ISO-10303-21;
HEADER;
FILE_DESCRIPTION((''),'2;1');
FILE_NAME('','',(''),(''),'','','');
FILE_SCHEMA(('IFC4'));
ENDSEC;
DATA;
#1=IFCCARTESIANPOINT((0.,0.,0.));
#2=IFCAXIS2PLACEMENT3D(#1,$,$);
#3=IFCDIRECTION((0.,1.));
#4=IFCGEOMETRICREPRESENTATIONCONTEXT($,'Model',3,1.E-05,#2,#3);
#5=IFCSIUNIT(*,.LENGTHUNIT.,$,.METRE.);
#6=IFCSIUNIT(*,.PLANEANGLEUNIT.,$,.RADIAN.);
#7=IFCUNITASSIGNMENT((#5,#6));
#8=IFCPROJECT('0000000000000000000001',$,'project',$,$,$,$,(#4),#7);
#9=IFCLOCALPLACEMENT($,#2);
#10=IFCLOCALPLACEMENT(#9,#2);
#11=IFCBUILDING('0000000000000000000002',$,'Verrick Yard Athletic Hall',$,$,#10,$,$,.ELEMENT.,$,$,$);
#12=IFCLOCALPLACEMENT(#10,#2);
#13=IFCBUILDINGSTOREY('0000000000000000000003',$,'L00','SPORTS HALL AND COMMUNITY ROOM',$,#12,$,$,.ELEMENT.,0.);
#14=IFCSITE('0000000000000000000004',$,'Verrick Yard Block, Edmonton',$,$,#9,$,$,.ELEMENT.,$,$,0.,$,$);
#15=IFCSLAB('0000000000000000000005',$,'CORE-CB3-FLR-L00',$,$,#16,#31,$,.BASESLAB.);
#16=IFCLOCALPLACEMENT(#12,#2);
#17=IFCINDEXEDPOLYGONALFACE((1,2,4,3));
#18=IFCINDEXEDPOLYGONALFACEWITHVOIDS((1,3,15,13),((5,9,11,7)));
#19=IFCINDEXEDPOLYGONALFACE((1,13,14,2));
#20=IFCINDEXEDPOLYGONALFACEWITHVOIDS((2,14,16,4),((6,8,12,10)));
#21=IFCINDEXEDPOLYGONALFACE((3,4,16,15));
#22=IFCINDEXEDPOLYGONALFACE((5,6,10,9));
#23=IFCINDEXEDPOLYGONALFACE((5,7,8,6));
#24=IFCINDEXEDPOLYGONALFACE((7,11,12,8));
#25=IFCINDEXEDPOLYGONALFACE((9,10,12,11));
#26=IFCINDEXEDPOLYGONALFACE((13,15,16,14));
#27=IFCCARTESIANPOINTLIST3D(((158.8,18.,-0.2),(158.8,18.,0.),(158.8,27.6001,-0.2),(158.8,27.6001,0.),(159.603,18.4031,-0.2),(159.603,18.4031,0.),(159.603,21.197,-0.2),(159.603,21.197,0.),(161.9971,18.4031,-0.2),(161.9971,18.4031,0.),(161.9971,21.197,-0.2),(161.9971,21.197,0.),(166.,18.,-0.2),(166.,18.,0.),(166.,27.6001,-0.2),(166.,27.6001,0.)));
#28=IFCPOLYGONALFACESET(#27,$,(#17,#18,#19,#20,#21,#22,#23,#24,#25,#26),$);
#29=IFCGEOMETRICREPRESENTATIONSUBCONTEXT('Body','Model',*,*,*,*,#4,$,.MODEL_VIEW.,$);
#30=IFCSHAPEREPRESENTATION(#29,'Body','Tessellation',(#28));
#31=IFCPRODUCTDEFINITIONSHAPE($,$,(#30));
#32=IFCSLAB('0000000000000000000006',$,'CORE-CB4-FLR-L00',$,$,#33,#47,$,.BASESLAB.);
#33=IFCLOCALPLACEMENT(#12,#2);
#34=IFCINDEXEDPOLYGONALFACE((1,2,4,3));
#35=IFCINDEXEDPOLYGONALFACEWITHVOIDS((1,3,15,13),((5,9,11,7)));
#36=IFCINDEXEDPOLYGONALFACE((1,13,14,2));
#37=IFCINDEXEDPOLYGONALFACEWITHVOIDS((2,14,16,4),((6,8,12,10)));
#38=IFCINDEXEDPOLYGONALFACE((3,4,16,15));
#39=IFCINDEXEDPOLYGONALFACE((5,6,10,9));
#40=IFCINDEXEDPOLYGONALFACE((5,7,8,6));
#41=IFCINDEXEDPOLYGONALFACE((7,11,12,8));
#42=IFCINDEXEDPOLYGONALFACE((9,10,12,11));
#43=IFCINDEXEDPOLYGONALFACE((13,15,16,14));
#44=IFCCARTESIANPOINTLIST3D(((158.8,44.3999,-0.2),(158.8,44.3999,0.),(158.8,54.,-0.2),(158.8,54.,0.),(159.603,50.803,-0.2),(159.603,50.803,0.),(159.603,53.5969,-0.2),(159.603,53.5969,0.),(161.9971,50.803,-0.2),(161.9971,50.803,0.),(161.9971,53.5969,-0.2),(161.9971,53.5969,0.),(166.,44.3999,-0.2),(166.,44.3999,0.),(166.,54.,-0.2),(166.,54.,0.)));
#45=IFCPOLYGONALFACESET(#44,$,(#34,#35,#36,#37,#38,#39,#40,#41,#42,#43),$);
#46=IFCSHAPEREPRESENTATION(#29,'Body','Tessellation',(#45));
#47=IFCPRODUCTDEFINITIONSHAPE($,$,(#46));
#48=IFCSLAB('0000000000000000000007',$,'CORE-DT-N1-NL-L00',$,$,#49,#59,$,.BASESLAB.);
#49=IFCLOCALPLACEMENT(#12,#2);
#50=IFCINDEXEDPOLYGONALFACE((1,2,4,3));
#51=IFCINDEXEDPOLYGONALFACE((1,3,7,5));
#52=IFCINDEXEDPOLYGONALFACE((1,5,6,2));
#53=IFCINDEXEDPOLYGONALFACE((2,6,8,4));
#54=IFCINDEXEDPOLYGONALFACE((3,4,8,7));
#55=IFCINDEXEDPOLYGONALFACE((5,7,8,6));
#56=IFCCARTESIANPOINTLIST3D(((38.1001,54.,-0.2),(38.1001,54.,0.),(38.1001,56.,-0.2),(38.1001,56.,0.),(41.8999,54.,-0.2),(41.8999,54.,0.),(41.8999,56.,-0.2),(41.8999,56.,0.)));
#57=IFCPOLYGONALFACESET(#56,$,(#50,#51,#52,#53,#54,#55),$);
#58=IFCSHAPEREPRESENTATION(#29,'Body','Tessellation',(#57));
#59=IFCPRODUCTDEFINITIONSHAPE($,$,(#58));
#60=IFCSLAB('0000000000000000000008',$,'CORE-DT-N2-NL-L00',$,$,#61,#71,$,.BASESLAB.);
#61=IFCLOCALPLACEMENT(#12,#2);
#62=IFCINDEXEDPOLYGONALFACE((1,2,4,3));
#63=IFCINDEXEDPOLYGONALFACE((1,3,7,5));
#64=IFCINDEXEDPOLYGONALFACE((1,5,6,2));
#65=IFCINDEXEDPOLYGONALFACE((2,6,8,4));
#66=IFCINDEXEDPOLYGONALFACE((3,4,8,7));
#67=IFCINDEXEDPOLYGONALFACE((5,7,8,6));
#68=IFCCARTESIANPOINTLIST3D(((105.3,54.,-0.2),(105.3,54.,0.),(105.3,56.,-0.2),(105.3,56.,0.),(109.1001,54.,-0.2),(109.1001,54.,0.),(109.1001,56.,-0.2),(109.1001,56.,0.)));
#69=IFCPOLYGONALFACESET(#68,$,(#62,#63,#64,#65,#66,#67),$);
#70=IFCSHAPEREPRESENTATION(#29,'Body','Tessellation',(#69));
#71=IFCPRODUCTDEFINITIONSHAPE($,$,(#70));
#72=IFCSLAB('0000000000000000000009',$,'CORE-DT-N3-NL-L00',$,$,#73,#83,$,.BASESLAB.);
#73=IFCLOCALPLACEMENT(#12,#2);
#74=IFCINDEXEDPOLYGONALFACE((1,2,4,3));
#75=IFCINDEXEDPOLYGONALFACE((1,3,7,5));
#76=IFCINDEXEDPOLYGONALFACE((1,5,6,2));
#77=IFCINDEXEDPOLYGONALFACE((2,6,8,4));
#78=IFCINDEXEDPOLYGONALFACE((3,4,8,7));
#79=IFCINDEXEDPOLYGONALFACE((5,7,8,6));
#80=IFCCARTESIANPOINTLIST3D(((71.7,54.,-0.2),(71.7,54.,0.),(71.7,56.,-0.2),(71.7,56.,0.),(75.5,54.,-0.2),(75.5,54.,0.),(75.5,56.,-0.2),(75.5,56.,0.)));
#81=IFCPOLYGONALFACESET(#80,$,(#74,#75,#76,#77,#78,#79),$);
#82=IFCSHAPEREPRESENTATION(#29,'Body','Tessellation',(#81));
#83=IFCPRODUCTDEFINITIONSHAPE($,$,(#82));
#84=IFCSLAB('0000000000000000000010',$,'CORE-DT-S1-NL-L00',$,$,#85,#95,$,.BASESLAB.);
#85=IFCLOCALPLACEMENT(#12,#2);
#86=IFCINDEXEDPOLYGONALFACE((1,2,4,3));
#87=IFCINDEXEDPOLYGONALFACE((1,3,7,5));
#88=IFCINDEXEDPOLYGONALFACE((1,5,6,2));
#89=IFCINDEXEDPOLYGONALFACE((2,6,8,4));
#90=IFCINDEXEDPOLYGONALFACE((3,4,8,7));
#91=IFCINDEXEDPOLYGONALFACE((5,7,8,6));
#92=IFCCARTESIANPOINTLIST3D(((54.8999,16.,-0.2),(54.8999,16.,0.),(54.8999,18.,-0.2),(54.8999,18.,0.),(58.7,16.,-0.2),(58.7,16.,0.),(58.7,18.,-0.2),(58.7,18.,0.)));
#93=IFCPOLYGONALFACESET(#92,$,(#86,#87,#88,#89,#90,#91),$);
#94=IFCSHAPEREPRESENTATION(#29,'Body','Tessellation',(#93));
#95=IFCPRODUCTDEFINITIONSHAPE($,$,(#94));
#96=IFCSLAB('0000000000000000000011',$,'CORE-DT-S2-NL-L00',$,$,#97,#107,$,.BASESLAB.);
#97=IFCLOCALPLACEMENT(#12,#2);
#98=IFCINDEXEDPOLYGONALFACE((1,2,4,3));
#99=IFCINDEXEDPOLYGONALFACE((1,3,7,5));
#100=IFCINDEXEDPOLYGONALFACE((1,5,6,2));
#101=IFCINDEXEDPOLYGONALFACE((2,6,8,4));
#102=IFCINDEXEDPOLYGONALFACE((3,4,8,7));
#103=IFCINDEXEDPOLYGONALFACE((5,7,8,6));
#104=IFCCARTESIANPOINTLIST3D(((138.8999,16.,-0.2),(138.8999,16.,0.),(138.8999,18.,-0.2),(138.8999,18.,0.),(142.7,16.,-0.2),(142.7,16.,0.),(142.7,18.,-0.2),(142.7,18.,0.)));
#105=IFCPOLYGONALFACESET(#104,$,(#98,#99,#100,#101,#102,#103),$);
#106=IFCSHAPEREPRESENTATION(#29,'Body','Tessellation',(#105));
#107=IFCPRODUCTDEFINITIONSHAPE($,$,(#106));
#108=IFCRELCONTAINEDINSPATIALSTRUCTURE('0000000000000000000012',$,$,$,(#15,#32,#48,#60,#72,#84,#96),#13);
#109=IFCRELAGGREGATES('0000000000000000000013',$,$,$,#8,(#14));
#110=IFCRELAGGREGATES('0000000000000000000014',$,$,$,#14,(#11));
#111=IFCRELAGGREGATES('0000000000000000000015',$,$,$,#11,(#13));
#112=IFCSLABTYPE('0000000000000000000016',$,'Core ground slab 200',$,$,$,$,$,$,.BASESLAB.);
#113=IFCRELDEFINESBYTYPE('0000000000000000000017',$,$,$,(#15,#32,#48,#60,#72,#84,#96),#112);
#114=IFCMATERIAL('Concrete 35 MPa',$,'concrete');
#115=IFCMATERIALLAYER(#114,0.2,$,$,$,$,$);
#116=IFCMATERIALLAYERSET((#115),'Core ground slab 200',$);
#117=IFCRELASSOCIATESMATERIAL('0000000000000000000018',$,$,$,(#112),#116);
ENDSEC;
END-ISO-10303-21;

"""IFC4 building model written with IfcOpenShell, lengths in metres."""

from ifc_helpers import new_model, si_unit, direction, frame, origin, place, context, subcontext, project, spatial, polyline, outline, extrude, material, layer, layer_set, type_object, element, save


model = new_model("IFC4")

# Units and contexts
model_context = context("Model", 3, precision=1e-05, world=origin(), true_north=direction((0.0, 1.0)))
body_context = subcontext(model_context, "Body", "Model", "MODEL_VIEW")
ifc_project = project(units=[si_unit("LENGTHUNIT", "METRE"), si_unit("PLANEANGLEUNIT", "RADIAN")], contexts=[model_context])

# Site, building, storey
site_placement = place(None, origin())
site = spatial("IfcSite", under=ifc_project, at=site_placement, Name="Verrick Yard Block, Edmonton", CompositionType="ELEMENT", RefElevation=0.0)
building_placement = place(site_placement, origin())
building = spatial("IfcBuilding", under=site, at=building_placement, Name="Verrick Yard Athletic Hall", CompositionType="ELEMENT")
storey_placement = place(building_placement, origin())
storey = spatial("IfcBuildingStorey", under=building, at=storey_placement, Name="L00", Description="SPORTS HALL AND COMMUNITY ROOM", CompositionType="ELEMENT", Elevation=0.0)

# Slabs
ifc_material_1 = material(Name="Concrete 35 MPa", Category="concrete")
ifc_layer_1 = layer(ifc_material_1, 0.2)
ifc_layer_set_1 = layer_set([ifc_layer_1], Name="Core ground slab 200")
slab_type_1 = type_object("IfcSlabType", Name="Core ground slab 200", PredefinedType="BASESLAB", material=ifc_layer_set_1)
slab_1_placement = place(storey_placement, frame((0.0, 0.0, -0.2)))
element("IfcSlab", 1, at=slab_1_placement, inside=storey, type_object=slab_type_1, Name="CORE-CB3-FLR-L00", PredefinedType="BASESLAB", context=body_context, shape_type="SweptSolid", body=[
    extrude(outline(polyline([(158.8, 18.0), (166.0, 18.0), (166.0, 27.6001), (158.8, 27.6001), (158.8, 18.0)]), holes=[polyline([(159.603, 18.4031), (159.603, 21.197), (161.9971, 21.197), (161.9971, 18.4031), (159.603, 18.4031)])]), origin(), (0.0, 0.0, 1.0), 0.2),
])
slab_2_placement = place(storey_placement, frame((0.0, 0.0, -0.2)))
element("IfcSlab", 2, at=slab_2_placement, inside=storey, type_object=slab_type_1, Name="CORE-CB4-FLR-L00", PredefinedType="BASESLAB", context=body_context, shape_type="SweptSolid", body=[
    extrude(outline(polyline([(158.8, 44.3999), (166.0, 44.3999), (166.0, 54.0), (158.8, 54.0), (158.8, 44.3999)]), holes=[polyline([(159.603, 50.803), (159.603, 53.5969), (161.9971, 53.5969), (161.9971, 50.803), (159.603, 50.803)])]), origin(), (0.0, 0.0, 1.0), 0.2),
])
slab_3_placement = place(storey_placement, frame((0.0, 0.0, -0.2)))
element("IfcSlab", 3, at=slab_3_placement, inside=storey, type_object=slab_type_1, Name="CORE-DT-N1-NL-L00", PredefinedType="BASESLAB", context=body_context, shape_type="SweptSolid", body=[
    extrude(outline(polyline([(41.8999, 54.0), (41.8999, 56.0), (38.1001, 56.0), (38.1001, 54.0), (41.8999, 54.0)])), origin(), (0.0, 0.0, 1.0), 0.2),
])
slab_4_placement = place(storey_placement, frame((0.0, 0.0, -0.2)))
element("IfcSlab", 4, at=slab_4_placement, inside=storey, type_object=slab_type_1, Name="CORE-DT-N2-NL-L00", PredefinedType="BASESLAB", context=body_context, shape_type="SweptSolid", body=[
    extrude(outline(polyline([(109.1001, 54.0), (109.1001, 56.0), (105.3, 56.0), (105.3, 54.0), (109.1001, 54.0)])), origin(), (0.0, 0.0, 1.0), 0.2),
])
slab_5_placement = place(storey_placement, frame((0.0, 0.0, -0.2)))
element("IfcSlab", 5, at=slab_5_placement, inside=storey, type_object=slab_type_1, Name="CORE-DT-N3-NL-L00", PredefinedType="BASESLAB", context=body_context, shape_type="SweptSolid", body=[
    extrude(outline(polyline([(75.5, 54.0), (75.5, 56.0), (71.7, 56.0), (71.7, 54.0), (75.5, 54.0)])), origin(), (0.0, 0.0, 1.0), 0.2),
])
slab_6_placement = place(storey_placement, frame((0.0, 0.0, -0.2)))
element("IfcSlab", 6, at=slab_6_placement, inside=storey, type_object=slab_type_1, Name="CORE-DT-S1-NL-L00", PredefinedType="BASESLAB", context=body_context, shape_type="SweptSolid", body=[
    extrude(outline(polyline([(54.8999, 18.0), (54.8999, 16.0), (58.7, 16.0), (58.7, 18.0), (54.8999, 18.0)])), origin(), (0.0, 0.0, 1.0), 0.2),
])
slab_7_placement = place(storey_placement, frame((0.0, 0.0, -0.2)))
element("IfcSlab", 7, at=slab_7_placement, inside=storey, type_object=slab_type_1, Name="CORE-DT-S2-NL-L00", PredefinedType="BASESLAB", context=body_context, shape_type="SweptSolid", body=[
    extrude(outline(polyline([(138.8999, 18.0), (138.8999, 16.0), (142.7, 16.0), (142.7, 18.0), (138.8999, 18.0)])), origin(), (0.0, 0.0, 1.0), 0.2),
])

save(model, "model.ifc")
